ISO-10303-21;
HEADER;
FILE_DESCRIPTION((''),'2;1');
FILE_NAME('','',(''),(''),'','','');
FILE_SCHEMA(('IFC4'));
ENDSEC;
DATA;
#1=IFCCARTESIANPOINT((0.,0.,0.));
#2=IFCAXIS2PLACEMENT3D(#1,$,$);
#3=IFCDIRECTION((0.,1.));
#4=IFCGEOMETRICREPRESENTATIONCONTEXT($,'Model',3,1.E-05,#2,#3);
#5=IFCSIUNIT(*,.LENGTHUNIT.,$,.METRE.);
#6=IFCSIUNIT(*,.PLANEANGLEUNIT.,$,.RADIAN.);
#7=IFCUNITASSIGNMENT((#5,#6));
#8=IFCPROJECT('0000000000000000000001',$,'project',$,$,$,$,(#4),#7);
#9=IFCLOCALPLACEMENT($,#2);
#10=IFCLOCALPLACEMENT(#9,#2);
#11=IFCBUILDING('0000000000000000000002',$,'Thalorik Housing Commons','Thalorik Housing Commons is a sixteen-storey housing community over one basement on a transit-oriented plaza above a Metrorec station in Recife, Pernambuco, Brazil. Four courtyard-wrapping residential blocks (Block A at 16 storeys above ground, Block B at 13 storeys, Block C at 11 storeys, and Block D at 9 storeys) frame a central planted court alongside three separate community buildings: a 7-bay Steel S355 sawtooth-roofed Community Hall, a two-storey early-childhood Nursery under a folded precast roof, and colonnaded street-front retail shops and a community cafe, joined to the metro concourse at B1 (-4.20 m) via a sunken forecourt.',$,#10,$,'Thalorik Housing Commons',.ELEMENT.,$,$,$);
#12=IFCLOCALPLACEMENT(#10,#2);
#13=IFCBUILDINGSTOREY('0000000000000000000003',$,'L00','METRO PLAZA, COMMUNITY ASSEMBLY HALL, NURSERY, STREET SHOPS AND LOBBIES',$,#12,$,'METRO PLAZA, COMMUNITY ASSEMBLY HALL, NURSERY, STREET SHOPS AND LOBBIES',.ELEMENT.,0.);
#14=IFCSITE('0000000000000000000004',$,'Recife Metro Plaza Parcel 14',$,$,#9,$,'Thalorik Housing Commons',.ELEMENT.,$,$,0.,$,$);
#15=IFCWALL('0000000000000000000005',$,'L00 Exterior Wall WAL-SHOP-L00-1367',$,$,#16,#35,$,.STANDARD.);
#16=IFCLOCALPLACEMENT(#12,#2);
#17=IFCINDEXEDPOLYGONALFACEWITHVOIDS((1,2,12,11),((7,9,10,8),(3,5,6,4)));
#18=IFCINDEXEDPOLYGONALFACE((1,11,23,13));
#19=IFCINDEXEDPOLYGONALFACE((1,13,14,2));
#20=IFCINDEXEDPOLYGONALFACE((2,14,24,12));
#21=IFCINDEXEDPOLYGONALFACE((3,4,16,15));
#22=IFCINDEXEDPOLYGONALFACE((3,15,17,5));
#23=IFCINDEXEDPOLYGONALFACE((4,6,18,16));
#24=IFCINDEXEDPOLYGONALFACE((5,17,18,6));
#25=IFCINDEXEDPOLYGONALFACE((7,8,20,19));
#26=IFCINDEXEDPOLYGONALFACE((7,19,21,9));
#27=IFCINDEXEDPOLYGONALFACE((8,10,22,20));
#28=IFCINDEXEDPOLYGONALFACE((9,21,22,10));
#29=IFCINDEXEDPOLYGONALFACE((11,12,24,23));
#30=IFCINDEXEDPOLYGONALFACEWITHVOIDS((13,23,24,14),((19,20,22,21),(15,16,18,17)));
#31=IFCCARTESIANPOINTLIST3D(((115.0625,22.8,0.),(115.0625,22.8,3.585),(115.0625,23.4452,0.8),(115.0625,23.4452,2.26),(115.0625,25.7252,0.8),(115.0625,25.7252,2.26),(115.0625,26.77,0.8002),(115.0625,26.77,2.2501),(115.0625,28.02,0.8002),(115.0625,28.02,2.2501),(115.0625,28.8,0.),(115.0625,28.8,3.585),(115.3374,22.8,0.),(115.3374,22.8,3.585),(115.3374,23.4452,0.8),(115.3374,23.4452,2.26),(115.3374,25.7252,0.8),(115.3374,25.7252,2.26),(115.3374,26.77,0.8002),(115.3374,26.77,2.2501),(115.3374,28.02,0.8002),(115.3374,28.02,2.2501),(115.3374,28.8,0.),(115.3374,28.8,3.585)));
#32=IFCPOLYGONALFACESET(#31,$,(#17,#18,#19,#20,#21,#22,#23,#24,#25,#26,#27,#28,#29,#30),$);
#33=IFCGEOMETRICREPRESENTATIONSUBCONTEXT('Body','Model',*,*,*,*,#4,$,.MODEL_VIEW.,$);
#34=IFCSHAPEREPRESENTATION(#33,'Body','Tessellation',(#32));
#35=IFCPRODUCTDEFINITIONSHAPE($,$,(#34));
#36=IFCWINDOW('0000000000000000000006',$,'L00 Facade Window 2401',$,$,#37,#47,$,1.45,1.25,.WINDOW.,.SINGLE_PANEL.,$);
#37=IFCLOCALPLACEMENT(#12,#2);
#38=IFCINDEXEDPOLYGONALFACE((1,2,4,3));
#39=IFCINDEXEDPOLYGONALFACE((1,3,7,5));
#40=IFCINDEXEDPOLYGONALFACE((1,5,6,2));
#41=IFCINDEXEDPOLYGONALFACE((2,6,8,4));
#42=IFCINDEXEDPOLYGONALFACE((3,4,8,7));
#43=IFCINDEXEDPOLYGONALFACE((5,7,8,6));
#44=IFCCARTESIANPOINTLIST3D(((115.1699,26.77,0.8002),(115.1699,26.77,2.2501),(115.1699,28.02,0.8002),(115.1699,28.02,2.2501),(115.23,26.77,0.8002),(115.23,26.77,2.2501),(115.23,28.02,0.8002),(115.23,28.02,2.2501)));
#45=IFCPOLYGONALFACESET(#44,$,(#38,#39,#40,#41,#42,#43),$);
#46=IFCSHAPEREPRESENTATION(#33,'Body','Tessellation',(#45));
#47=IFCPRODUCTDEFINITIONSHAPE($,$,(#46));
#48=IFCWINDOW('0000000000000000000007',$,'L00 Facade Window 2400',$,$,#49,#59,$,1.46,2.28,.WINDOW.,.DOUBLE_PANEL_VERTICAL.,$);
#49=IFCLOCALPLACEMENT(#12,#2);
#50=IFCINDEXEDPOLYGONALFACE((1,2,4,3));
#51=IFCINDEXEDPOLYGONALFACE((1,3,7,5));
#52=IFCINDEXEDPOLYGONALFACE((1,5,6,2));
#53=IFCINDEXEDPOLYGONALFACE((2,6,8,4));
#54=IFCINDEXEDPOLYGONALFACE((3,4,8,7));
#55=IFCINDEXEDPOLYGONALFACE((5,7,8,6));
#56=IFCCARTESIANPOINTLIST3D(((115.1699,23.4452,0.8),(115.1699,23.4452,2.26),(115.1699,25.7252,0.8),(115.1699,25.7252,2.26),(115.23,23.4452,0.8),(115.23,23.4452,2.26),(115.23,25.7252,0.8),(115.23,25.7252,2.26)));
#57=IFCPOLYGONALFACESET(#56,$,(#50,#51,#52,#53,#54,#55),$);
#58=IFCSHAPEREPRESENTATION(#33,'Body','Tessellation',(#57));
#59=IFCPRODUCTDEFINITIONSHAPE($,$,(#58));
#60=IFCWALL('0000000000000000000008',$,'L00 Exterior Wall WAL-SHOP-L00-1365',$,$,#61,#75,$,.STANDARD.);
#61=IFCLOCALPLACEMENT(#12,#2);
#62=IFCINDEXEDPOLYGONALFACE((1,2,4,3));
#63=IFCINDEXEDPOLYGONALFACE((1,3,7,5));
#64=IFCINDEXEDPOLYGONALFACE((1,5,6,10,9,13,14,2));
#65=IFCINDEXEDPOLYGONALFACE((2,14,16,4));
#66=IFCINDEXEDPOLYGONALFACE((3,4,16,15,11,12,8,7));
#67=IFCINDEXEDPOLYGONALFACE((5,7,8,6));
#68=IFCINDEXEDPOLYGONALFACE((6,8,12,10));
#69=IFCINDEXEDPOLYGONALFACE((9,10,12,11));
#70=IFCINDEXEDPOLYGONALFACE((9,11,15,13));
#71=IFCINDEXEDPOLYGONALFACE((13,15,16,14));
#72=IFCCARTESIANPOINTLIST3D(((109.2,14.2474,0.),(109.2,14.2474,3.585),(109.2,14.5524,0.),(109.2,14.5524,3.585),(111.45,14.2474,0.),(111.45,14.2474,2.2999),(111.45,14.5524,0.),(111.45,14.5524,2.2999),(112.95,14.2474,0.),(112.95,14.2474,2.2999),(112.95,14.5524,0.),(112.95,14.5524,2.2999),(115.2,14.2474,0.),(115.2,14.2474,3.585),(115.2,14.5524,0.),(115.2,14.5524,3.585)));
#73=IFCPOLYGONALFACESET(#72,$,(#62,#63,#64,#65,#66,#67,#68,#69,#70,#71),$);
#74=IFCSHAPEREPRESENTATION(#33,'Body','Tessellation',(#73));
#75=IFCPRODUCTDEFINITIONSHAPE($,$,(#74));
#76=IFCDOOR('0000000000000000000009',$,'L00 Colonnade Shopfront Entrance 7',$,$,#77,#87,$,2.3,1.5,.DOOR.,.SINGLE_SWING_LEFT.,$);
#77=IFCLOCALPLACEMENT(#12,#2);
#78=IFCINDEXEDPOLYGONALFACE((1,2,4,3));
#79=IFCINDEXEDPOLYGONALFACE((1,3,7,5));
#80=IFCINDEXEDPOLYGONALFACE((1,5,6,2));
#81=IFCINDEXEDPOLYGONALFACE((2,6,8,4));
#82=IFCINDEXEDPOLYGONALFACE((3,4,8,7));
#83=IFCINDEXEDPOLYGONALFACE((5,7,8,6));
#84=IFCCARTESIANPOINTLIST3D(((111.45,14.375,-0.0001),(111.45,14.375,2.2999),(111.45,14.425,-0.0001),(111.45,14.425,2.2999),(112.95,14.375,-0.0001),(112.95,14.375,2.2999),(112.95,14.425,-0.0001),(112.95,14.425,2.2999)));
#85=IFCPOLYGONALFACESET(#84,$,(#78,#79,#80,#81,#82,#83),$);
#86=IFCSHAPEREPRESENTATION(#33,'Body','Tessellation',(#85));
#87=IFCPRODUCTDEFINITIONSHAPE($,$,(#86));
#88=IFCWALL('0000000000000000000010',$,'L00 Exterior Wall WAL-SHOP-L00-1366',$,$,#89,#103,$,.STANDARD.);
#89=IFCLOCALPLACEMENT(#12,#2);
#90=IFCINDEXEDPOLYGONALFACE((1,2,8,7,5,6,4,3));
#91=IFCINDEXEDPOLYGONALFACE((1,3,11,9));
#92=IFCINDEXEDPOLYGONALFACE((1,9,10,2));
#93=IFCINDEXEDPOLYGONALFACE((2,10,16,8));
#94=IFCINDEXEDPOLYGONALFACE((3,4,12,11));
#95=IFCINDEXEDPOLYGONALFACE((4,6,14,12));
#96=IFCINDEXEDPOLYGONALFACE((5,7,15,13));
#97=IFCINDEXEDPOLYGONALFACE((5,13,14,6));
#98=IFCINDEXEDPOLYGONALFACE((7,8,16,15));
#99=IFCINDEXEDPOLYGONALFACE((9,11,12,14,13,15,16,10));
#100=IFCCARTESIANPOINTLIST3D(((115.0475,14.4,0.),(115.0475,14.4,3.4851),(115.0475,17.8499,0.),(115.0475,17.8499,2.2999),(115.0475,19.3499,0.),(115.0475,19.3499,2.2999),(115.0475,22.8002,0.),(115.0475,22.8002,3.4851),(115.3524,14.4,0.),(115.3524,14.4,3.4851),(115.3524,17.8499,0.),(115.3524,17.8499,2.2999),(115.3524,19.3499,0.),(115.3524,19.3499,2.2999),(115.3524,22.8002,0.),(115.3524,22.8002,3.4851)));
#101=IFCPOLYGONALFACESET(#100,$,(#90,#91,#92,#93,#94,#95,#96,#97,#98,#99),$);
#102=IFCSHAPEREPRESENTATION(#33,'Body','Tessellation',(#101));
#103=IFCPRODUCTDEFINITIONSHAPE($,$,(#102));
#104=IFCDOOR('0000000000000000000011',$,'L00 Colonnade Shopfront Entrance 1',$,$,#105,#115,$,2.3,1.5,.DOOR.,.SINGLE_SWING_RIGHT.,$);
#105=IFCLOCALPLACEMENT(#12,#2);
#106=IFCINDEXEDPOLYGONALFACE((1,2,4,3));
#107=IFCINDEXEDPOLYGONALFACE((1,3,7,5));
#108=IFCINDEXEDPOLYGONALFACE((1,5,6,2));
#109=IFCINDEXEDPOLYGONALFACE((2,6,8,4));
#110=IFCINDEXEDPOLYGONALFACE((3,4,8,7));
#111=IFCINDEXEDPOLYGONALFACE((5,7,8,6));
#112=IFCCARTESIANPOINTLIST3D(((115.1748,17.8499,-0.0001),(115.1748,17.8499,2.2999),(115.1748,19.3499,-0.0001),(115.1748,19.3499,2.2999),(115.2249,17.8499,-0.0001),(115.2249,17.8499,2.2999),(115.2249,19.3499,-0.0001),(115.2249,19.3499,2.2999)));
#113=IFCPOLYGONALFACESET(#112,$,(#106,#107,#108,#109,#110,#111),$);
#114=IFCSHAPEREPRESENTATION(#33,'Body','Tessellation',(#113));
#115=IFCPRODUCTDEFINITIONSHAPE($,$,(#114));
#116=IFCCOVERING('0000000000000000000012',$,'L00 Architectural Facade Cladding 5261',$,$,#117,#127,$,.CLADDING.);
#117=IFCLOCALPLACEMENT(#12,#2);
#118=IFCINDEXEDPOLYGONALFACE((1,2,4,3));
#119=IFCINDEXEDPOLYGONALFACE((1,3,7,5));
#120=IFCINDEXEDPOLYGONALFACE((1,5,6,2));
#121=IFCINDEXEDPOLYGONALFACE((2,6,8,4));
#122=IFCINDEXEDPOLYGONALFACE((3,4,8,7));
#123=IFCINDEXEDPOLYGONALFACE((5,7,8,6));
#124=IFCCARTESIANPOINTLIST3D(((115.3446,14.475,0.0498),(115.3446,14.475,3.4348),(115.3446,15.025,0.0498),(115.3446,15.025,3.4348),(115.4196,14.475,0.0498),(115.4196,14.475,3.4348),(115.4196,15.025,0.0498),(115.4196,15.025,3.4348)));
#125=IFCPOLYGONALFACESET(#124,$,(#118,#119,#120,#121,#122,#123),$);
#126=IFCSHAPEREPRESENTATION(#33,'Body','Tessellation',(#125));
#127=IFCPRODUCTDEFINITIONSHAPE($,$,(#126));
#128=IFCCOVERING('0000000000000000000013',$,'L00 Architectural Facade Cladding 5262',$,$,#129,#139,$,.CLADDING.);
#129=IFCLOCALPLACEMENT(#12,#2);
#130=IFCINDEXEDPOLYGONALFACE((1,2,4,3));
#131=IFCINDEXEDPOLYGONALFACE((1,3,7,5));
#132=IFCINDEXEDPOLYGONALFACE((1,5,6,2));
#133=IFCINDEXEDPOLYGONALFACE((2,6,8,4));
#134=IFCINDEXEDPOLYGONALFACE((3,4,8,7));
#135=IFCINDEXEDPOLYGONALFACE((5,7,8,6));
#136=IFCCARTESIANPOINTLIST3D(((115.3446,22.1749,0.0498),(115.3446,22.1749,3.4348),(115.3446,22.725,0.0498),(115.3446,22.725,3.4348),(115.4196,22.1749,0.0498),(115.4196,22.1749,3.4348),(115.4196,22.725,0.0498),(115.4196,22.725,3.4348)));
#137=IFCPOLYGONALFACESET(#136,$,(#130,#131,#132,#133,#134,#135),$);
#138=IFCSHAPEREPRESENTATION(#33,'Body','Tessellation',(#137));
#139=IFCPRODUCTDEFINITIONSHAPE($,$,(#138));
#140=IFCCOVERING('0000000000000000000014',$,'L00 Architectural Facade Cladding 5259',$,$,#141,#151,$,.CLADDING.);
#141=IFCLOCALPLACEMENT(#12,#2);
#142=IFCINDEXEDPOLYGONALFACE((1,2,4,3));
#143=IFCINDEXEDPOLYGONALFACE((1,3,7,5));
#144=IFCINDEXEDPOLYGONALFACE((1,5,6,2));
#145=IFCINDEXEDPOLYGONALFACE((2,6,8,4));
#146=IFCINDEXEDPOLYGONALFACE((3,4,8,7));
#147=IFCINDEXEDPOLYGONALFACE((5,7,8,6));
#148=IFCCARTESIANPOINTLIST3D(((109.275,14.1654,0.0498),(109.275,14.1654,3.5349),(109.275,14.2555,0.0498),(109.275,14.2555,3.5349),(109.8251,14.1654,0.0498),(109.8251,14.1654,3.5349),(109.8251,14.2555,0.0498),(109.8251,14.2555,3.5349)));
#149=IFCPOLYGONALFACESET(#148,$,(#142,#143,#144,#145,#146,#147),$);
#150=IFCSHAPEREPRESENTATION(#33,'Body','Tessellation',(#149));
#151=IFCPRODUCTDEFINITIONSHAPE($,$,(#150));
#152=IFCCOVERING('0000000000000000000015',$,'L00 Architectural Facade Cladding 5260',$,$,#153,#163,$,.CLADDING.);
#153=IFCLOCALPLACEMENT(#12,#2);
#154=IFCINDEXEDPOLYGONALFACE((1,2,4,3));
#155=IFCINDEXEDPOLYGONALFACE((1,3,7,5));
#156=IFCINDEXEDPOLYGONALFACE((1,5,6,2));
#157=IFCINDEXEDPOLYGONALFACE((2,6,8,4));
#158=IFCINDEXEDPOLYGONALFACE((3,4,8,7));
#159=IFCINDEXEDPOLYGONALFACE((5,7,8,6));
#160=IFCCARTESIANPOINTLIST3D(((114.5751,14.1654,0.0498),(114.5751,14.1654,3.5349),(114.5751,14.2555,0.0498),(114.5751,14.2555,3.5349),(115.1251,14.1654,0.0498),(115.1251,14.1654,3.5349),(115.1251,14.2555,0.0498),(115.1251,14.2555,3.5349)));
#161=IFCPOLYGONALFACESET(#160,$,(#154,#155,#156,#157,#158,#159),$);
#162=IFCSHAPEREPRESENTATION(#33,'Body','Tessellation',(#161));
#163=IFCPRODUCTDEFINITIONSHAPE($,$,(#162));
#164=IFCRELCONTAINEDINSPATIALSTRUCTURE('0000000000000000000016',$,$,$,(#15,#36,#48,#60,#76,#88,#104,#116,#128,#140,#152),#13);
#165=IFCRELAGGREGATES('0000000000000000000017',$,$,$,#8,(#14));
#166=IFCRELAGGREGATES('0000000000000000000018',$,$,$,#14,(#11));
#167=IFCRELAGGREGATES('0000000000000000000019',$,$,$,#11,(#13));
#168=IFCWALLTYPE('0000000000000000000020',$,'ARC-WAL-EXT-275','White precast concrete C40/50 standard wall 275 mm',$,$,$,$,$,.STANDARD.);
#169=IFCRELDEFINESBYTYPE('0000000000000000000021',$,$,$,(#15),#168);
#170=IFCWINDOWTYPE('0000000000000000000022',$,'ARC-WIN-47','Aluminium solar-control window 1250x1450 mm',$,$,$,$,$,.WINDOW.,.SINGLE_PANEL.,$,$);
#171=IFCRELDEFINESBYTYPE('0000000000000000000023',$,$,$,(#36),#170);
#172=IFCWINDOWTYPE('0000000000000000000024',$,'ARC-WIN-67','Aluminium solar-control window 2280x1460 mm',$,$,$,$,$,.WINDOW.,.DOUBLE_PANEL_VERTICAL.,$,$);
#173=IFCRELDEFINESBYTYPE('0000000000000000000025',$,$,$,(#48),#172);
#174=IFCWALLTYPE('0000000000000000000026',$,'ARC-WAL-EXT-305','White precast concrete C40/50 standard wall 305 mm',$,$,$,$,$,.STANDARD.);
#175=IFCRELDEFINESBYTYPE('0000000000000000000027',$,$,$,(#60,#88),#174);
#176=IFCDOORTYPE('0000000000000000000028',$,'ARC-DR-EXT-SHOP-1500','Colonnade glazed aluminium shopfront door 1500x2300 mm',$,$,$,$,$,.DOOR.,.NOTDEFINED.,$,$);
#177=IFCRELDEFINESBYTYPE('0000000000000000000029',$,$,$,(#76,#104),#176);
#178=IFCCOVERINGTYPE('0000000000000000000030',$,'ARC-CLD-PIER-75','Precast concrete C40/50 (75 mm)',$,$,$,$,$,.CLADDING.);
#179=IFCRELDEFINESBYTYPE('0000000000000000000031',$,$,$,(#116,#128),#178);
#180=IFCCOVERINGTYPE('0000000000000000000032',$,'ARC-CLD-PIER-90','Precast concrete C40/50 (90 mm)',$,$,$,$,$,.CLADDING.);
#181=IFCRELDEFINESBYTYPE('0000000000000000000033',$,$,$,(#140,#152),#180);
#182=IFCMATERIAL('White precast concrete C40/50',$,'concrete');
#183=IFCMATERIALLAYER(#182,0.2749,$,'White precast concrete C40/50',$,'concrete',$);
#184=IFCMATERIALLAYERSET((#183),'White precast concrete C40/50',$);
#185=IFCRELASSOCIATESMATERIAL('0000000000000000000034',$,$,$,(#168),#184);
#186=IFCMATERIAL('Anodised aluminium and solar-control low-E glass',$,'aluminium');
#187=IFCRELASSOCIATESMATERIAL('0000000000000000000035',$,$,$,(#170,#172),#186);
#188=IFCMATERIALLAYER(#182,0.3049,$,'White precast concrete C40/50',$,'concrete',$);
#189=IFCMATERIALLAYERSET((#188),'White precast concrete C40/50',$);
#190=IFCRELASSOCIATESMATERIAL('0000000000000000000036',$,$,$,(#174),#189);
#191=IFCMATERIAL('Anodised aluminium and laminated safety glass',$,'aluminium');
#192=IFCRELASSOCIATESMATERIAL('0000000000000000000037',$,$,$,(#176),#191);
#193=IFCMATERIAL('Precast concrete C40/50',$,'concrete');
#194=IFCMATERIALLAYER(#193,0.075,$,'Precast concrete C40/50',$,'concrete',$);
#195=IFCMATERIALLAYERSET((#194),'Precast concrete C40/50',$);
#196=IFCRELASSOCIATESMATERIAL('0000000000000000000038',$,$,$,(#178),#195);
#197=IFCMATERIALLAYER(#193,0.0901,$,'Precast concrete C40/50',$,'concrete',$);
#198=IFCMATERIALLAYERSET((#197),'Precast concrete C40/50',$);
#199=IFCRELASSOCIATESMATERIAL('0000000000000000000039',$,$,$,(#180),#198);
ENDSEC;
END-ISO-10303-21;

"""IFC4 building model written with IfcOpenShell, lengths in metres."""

from ifc_helpers import new_model, si_unit, direction, frame, frame_2d, origin, origin_2d, place, context, subcontext, project, spatial, rectangle, extrude, material, layer, layer_set, type_object, element, fill, save


model = new_model("IFC4")

# Units and contexts
model_context = context("Model", 3, precision=1e-05, world=origin(), true_north=direction((0.0, 1.0)))
body_context = subcontext(model_context, "Body", "Model", "MODEL_VIEW")
ifc_project = project(units=[si_unit("LENGTHUNIT", "METRE"), si_unit("PLANEANGLEUNIT", "RADIAN")], contexts=[model_context])

# Site, building, storey
site_placement = place(None, origin())
site = spatial("IfcSite", under=ifc_project, at=site_placement, Name="Recife Metro Plaza Parcel 14", LongName="Thalorik Housing Commons", CompositionType="ELEMENT", RefElevation=0.0)
building_placement = place(site_placement, origin())
building = spatial("IfcBuilding", under=site, at=building_placement, Name="Thalorik Housing Commons", Description="Thalorik Housing Commons is a sixteen-storey housing community over one basement on a transit-oriented plaza above a Metrorec station in Recife, Pernambuco, Brazil. Four courtyard-wrapping residential blocks (Block A at 16 storeys above ground, Block B at 13 storeys, Block C at 11 storeys, and Block D at 9 storeys) frame a central planted court alongside three separate community buildings: a 7-bay Steel S355 sawtooth-roofed Community Hall, a two-storey early-childhood Nursery under a folded precast roof, and colonnaded street-front retail shops and a community cafe, joined to the metro concourse at B1 (-4.20 m) via a sunken forecourt.", LongName="Thalorik Housing Commons", CompositionType="ELEMENT")
storey_placement = place(building_placement, origin())
storey = spatial("IfcBuildingStorey", under=building, at=storey_placement, Name="L00", Description="METRO PLAZA, COMMUNITY ASSEMBLY HALL, NURSERY, STREET SHOPS AND LOBBIES", LongName="METRO PLAZA, COMMUNITY ASSEMBLY HALL, NURSERY, STREET SHOPS AND LOBBIES", CompositionType="ELEMENT", Elevation=0.0)

# Shared definitions
ifc_material_1 = material(Name="Precast concrete C40/50", Category="concrete")

# Shared definitions
ifc_material_2 = material(Name="Anodised aluminium and solar-control low-E glass", Category="aluminium")

# Shared definitions
ifc_material_3 = material(Name="White precast concrete C40/50", Category="concrete")

# Wall, openings, windows
ifc_layer_1 = layer(ifc_material_3, 0.2749, Name="White precast concrete C40/50", Category="concrete")
ifc_layer_set_1 = layer_set([ifc_layer_1], Name="White precast concrete C40/50")
wall_type_1 = type_object("IfcWallType", Name="ARC-WAL-EXT-275", Description="White precast concrete C40/50 standard wall 275 mm", PredefinedType="STANDARD", material=ifc_layer_set_1)
wall_1_placement = place(storey_placement, frame((115.2, 22.8, 0.0), z_axis=(0.0, 0.0, 1.0), x_axis=(0.0, 1.0, 0.0)))
wall_1 = element("IfcWall", 1, at=wall_1_placement, inside=storey, type_object=wall_type_1, Name="L00 Exterior Wall WAL-SHOP-L00-1367", PredefinedType="STANDARD", context=body_context, shape_type="SweptSolid", body=[
    extrude(rectangle(XDim=6.0, YDim=0.2749, at=frame_2d((3.0, 0.0))), origin(), (0.0, 0.0, 1.0), 3.585),
])
opening_1_placement = place(wall_1_placement, frame((0.645, 0.0, 0.8)))
opening_1 = element("IfcOpeningElement", 2, at=opening_1_placement, cuts=wall_1, PredefinedType="OPENING", context=body_context, shape_type="SweptSolid", body=[
    extrude(rectangle(XDim=2.28, YDim=1.46, at=frame_2d((1.1401, 0.73))), frame((0.0, 0.1475, 0.0), z_axis=(0.0, -1.0, 0.0), x_axis=(1.0, 0.0, 0.0)), (0.0, 0.0, 1.0), 0.2949),
])
opening_2_placement = place(wall_1_placement, frame((3.97, 0.0, 0.8)))
opening_2 = element("IfcOpeningElement", 3, at=opening_2_placement, cuts=wall_1, PredefinedType="OPENING", context=body_context, shape_type="SweptSolid", body=[
    extrude(rectangle(XDim=1.25, YDim=1.45, at=frame_2d((0.625, 0.7251))), frame((0.0, 0.1475, 0.0), z_axis=(0.0, -1.0, 0.0), x_axis=(1.0, 0.0, 0.0)), (0.0, 0.0, 1.0), 0.2949),
])
window_type_1 = type_object("IfcWindowType", Name="ARC-WIN-47", Description="Aluminium solar-control window 1250x1450 mm", PartitioningType="SINGLE_PANEL", PredefinedType="WINDOW", material=ifc_material_2)
window_1_placement = place(opening_2_placement, origin())
window_1 = element("IfcWindow", 4, at=window_1_placement, inside=storey, type_object=window_type_1, Name="L00 Facade Window 2401", OverallHeight=1.45, OverallWidth=1.25, PartitioningType="SINGLE_PANEL", PredefinedType="WINDOW", context=body_context, shape_type="SweptSolid", body=[
    extrude(rectangle(XDim=1.25, YDim=1.45, at=frame_2d((0.625, 0.7251))), frame((0.0, 0.03, 0.0), z_axis=(0.0, -1.0, 0.0), x_axis=(1.0, 0.0, 0.0)), (0.0, 0.0, 1.0), 0.0601),
])
fill(opening_2, window_1)
window_type_2 = type_object("IfcWindowType", Name="ARC-WIN-67", Description="Aluminium solar-control window 2280x1460 mm", PartitioningType="DOUBLE_PANEL_VERTICAL", PredefinedType="WINDOW", material=ifc_material_2)
window_2_placement = place(opening_1_placement, origin())
window_2 = element("IfcWindow", 5, at=window_2_placement, inside=storey, type_object=window_type_2, Name="L00 Facade Window 2400", OverallHeight=1.46, OverallWidth=2.28, PartitioningType="DOUBLE_PANEL_VERTICAL", PredefinedType="WINDOW", context=body_context, shape_type="SweptSolid", body=[
    extrude(rectangle(XDim=2.28, YDim=1.46, at=frame_2d((1.1401, 0.73))), frame((0.0, 0.03, 0.0), z_axis=(0.0, -1.0, 0.0), x_axis=(1.0, 0.0, 0.0)), (0.0, 0.0, 1.0), 0.0601),
])
fill(opening_1, window_2)

# Walls, openings, doors
ifc_layer_2 = layer(ifc_material_3, 0.3049, Name="White precast concrete C40/50", Category="concrete")
ifc_layer_set_2 = layer_set([ifc_layer_2], Name="White precast concrete C40/50")
wall_type_2 = type_object("IfcWallType", Name="ARC-WAL-EXT-305", Description="White precast concrete C40/50 standard wall 305 mm", PredefinedType="STANDARD", material=ifc_layer_set_2)
wall_2_placement = place(storey_placement, frame((109.2, 14.3999, 0.0), z_axis=(0.0, 0.0, 1.0), x_axis=(1.0, 0.0, 0.0)))
wall_2 = element("IfcWall", 6, at=wall_2_placement, inside=storey, type_object=wall_type_2, Name="L00 Exterior Wall WAL-SHOP-L00-1365", PredefinedType="STANDARD", context=body_context, shape_type="SweptSolid", body=[
    extrude(rectangle(XDim=6.0, YDim=0.3049, at=frame_2d((3.0, 0.0))), origin(), (0.0, 0.0, 1.0), 3.585),
])
opening_3_placement = place(wall_2_placement, frame((2.25, 0.0, 0.0)))
opening_3 = element("IfcOpeningElement", 7, at=opening_3_placement, cuts=wall_2, PredefinedType="OPENING", context=body_context, shape_type="SweptSolid", body=[
    extrude(rectangle(XDim=1.5, YDim=2.3, at=frame_2d((0.75, 1.1499))), frame((0.0, 0.1626, 0.0), z_axis=(0.0, -1.0, 0.0), x_axis=(1.0, 0.0, 0.0)), (0.0, 0.0, 1.0), 0.325),
])
ifc_material_4 = material(Name="Anodised aluminium and laminated safety glass", Category="aluminium")
door_type_1 = type_object("IfcDoorType", Name="ARC-DR-EXT-SHOP-1500", Description="Colonnade glazed aluminium shopfront door 1500x2300 mm", OperationType="NOTDEFINED", PredefinedType="DOOR", material=ifc_material_4)
door_1_placement = place(opening_3_placement, frame((1.5, 0.0, 0.0), z_axis=(0.0, 0.0, 1.0), x_axis=(-1.0, 0.0, 0.0)))
door_1 = element("IfcDoor", 8, at=door_1_placement, inside=storey, type_object=door_type_1, Name="L00 Colonnade Shopfront Entrance 7", OperationType="SINGLE_SWING_LEFT", OverallHeight=2.3, OverallWidth=1.5, PredefinedType="DOOR", context=body_context, shape_type="SweptSolid", body=[
    extrude(rectangle(XDim=1.5, YDim=2.3, at=frame_2d((0.75, 1.1499))), frame((0.0, 0.0249, 0.0), z_axis=(0.0, -1.0, 0.0), x_axis=(1.0, 0.0, 0.0)), (0.0, 0.0, 1.0), 0.05),
])
fill(opening_3, door_1)
wall_3_placement = place(storey_placement, frame((115.2, 14.3999, 0.0), z_axis=(0.0, 0.0, 1.0), x_axis=(0.0, 1.0, 0.0)))
wall_3 = element("IfcWall", 9, at=wall_3_placement, inside=storey, type_object=wall_type_2, Name="L00 Exterior Wall WAL-SHOP-L00-1366", PredefinedType="STANDARD", context=body_context, shape_type="SweptSolid", body=[
    extrude(rectangle(XDim=8.4001, YDim=0.3049, at=frame_2d((4.2002, 0.0))), origin(), (0.0, 0.0, 1.0), 3.4851),
])
opening_4_placement = place(wall_3_placement, frame((3.45, 0.0, 0.0)))
opening_4 = element("IfcOpeningElement", 10, at=opening_4_placement, cuts=wall_3, PredefinedType="OPENING", context=body_context, shape_type="SweptSolid", body=[
    extrude(rectangle(XDim=1.5, YDim=2.3, at=frame_2d((0.75, 1.1499))), frame((0.0, 0.1626, 0.0), z_axis=(0.0, -1.0, 0.0), x_axis=(1.0, 0.0, 0.0)), (0.0, 0.0, 1.0), 0.325),
])
door_2_placement = place(opening_4_placement, frame((1.5, 0.0, 0.0), z_axis=(0.0, 0.0, 1.0), x_axis=(-1.0, 0.0, 0.0)))
door_2 = element("IfcDoor", 11, at=door_2_placement, inside=storey, type_object=door_type_1, Name="L00 Colonnade Shopfront Entrance 1", OperationType="SINGLE_SWING_RIGHT", OverallHeight=2.3, OverallWidth=1.5, PredefinedType="DOOR", context=body_context, shape_type="SweptSolid", body=[
    extrude(rectangle(XDim=1.5, YDim=2.3, at=frame_2d((0.75, 1.1499))), frame((0.0, 0.0249, 0.0), z_axis=(0.0, -1.0, 0.0), x_axis=(1.0, 0.0, 0.0)), (0.0, 0.0, 1.0), 0.05),
])
fill(opening_4, door_2)

# Coverings
ifc_layer_3 = layer(ifc_material_1, 0.075, Name="Precast concrete C40/50", Category="concrete")
ifc_layer_set_3 = layer_set([ifc_layer_3], Name="Precast concrete C40/50")
covering_type_1 = type_object("IfcCoveringType", Name="ARC-CLD-PIER-75", Description="Precast concrete C40/50 (75 mm)", PredefinedType="CLADDING", material=ifc_layer_set_3)
for number, where, z_axis, x_axis, name in (
    (12, (115.3821, 14.75, 0.0498), (0.0, 0.0, 1.0), (0.0, 1.0, 0.0), "L00 Architectural Facade Cladding 5261"),
    (13, (115.3821, 22.45, 0.0498), (0.0, 0.0, 1.0), (0.0, 1.0, 0.0), "L00 Architectural Facade Cladding 5262"),
):
    element("IfcCovering", number, at=place(storey_placement, frame(where, z_axis=z_axis, x_axis=x_axis)), inside=storey, type_object=covering_type_1, Name=name, PredefinedType="CLADDING", context=body_context, shape_type="SweptSolid", body=[
        extrude(rectangle(XDim=0.55, YDim=0.075, at=origin_2d()), origin(), (0.0, 0.0, 1.0), 3.385),
    ])
ifc_layer_4 = layer(ifc_material_1, 0.0901, Name="Precast concrete C40/50", Category="concrete")
ifc_layer_set_4 = layer_set([ifc_layer_4], Name="Precast concrete C40/50")
covering_type_2 = type_object("IfcCoveringType", Name="ARC-CLD-PIER-90", Description="Precast concrete C40/50 (90 mm)", PredefinedType="CLADDING", material=ifc_layer_set_4)
for number, where, z_axis, x_axis, name in (
    (14, (109.55, 14.2104, 0.0498), (0.0, 0.0, 1.0), (1.0, 0.0, 0.0), "L00 Architectural Facade Cladding 5259"),
    (15, (114.8501, 14.2104, 0.0498), (0.0, 0.0, 1.0), (1.0, 0.0, 0.0), "L00 Architectural Facade Cladding 5260"),
):
    element("IfcCovering", number, at=place(storey_placement, frame(where, z_axis=z_axis, x_axis=x_axis)), inside=storey, type_object=covering_type_2, Name=name, PredefinedType="CLADDING", context=body_context, shape_type="SweptSolid", body=[
        extrude(rectangle(XDim=0.55, YDim=0.0901, at=origin_2d()), origin(), (0.0, 0.0, 1.0), 3.4851),
    ])

save(model, "model.ifc")
